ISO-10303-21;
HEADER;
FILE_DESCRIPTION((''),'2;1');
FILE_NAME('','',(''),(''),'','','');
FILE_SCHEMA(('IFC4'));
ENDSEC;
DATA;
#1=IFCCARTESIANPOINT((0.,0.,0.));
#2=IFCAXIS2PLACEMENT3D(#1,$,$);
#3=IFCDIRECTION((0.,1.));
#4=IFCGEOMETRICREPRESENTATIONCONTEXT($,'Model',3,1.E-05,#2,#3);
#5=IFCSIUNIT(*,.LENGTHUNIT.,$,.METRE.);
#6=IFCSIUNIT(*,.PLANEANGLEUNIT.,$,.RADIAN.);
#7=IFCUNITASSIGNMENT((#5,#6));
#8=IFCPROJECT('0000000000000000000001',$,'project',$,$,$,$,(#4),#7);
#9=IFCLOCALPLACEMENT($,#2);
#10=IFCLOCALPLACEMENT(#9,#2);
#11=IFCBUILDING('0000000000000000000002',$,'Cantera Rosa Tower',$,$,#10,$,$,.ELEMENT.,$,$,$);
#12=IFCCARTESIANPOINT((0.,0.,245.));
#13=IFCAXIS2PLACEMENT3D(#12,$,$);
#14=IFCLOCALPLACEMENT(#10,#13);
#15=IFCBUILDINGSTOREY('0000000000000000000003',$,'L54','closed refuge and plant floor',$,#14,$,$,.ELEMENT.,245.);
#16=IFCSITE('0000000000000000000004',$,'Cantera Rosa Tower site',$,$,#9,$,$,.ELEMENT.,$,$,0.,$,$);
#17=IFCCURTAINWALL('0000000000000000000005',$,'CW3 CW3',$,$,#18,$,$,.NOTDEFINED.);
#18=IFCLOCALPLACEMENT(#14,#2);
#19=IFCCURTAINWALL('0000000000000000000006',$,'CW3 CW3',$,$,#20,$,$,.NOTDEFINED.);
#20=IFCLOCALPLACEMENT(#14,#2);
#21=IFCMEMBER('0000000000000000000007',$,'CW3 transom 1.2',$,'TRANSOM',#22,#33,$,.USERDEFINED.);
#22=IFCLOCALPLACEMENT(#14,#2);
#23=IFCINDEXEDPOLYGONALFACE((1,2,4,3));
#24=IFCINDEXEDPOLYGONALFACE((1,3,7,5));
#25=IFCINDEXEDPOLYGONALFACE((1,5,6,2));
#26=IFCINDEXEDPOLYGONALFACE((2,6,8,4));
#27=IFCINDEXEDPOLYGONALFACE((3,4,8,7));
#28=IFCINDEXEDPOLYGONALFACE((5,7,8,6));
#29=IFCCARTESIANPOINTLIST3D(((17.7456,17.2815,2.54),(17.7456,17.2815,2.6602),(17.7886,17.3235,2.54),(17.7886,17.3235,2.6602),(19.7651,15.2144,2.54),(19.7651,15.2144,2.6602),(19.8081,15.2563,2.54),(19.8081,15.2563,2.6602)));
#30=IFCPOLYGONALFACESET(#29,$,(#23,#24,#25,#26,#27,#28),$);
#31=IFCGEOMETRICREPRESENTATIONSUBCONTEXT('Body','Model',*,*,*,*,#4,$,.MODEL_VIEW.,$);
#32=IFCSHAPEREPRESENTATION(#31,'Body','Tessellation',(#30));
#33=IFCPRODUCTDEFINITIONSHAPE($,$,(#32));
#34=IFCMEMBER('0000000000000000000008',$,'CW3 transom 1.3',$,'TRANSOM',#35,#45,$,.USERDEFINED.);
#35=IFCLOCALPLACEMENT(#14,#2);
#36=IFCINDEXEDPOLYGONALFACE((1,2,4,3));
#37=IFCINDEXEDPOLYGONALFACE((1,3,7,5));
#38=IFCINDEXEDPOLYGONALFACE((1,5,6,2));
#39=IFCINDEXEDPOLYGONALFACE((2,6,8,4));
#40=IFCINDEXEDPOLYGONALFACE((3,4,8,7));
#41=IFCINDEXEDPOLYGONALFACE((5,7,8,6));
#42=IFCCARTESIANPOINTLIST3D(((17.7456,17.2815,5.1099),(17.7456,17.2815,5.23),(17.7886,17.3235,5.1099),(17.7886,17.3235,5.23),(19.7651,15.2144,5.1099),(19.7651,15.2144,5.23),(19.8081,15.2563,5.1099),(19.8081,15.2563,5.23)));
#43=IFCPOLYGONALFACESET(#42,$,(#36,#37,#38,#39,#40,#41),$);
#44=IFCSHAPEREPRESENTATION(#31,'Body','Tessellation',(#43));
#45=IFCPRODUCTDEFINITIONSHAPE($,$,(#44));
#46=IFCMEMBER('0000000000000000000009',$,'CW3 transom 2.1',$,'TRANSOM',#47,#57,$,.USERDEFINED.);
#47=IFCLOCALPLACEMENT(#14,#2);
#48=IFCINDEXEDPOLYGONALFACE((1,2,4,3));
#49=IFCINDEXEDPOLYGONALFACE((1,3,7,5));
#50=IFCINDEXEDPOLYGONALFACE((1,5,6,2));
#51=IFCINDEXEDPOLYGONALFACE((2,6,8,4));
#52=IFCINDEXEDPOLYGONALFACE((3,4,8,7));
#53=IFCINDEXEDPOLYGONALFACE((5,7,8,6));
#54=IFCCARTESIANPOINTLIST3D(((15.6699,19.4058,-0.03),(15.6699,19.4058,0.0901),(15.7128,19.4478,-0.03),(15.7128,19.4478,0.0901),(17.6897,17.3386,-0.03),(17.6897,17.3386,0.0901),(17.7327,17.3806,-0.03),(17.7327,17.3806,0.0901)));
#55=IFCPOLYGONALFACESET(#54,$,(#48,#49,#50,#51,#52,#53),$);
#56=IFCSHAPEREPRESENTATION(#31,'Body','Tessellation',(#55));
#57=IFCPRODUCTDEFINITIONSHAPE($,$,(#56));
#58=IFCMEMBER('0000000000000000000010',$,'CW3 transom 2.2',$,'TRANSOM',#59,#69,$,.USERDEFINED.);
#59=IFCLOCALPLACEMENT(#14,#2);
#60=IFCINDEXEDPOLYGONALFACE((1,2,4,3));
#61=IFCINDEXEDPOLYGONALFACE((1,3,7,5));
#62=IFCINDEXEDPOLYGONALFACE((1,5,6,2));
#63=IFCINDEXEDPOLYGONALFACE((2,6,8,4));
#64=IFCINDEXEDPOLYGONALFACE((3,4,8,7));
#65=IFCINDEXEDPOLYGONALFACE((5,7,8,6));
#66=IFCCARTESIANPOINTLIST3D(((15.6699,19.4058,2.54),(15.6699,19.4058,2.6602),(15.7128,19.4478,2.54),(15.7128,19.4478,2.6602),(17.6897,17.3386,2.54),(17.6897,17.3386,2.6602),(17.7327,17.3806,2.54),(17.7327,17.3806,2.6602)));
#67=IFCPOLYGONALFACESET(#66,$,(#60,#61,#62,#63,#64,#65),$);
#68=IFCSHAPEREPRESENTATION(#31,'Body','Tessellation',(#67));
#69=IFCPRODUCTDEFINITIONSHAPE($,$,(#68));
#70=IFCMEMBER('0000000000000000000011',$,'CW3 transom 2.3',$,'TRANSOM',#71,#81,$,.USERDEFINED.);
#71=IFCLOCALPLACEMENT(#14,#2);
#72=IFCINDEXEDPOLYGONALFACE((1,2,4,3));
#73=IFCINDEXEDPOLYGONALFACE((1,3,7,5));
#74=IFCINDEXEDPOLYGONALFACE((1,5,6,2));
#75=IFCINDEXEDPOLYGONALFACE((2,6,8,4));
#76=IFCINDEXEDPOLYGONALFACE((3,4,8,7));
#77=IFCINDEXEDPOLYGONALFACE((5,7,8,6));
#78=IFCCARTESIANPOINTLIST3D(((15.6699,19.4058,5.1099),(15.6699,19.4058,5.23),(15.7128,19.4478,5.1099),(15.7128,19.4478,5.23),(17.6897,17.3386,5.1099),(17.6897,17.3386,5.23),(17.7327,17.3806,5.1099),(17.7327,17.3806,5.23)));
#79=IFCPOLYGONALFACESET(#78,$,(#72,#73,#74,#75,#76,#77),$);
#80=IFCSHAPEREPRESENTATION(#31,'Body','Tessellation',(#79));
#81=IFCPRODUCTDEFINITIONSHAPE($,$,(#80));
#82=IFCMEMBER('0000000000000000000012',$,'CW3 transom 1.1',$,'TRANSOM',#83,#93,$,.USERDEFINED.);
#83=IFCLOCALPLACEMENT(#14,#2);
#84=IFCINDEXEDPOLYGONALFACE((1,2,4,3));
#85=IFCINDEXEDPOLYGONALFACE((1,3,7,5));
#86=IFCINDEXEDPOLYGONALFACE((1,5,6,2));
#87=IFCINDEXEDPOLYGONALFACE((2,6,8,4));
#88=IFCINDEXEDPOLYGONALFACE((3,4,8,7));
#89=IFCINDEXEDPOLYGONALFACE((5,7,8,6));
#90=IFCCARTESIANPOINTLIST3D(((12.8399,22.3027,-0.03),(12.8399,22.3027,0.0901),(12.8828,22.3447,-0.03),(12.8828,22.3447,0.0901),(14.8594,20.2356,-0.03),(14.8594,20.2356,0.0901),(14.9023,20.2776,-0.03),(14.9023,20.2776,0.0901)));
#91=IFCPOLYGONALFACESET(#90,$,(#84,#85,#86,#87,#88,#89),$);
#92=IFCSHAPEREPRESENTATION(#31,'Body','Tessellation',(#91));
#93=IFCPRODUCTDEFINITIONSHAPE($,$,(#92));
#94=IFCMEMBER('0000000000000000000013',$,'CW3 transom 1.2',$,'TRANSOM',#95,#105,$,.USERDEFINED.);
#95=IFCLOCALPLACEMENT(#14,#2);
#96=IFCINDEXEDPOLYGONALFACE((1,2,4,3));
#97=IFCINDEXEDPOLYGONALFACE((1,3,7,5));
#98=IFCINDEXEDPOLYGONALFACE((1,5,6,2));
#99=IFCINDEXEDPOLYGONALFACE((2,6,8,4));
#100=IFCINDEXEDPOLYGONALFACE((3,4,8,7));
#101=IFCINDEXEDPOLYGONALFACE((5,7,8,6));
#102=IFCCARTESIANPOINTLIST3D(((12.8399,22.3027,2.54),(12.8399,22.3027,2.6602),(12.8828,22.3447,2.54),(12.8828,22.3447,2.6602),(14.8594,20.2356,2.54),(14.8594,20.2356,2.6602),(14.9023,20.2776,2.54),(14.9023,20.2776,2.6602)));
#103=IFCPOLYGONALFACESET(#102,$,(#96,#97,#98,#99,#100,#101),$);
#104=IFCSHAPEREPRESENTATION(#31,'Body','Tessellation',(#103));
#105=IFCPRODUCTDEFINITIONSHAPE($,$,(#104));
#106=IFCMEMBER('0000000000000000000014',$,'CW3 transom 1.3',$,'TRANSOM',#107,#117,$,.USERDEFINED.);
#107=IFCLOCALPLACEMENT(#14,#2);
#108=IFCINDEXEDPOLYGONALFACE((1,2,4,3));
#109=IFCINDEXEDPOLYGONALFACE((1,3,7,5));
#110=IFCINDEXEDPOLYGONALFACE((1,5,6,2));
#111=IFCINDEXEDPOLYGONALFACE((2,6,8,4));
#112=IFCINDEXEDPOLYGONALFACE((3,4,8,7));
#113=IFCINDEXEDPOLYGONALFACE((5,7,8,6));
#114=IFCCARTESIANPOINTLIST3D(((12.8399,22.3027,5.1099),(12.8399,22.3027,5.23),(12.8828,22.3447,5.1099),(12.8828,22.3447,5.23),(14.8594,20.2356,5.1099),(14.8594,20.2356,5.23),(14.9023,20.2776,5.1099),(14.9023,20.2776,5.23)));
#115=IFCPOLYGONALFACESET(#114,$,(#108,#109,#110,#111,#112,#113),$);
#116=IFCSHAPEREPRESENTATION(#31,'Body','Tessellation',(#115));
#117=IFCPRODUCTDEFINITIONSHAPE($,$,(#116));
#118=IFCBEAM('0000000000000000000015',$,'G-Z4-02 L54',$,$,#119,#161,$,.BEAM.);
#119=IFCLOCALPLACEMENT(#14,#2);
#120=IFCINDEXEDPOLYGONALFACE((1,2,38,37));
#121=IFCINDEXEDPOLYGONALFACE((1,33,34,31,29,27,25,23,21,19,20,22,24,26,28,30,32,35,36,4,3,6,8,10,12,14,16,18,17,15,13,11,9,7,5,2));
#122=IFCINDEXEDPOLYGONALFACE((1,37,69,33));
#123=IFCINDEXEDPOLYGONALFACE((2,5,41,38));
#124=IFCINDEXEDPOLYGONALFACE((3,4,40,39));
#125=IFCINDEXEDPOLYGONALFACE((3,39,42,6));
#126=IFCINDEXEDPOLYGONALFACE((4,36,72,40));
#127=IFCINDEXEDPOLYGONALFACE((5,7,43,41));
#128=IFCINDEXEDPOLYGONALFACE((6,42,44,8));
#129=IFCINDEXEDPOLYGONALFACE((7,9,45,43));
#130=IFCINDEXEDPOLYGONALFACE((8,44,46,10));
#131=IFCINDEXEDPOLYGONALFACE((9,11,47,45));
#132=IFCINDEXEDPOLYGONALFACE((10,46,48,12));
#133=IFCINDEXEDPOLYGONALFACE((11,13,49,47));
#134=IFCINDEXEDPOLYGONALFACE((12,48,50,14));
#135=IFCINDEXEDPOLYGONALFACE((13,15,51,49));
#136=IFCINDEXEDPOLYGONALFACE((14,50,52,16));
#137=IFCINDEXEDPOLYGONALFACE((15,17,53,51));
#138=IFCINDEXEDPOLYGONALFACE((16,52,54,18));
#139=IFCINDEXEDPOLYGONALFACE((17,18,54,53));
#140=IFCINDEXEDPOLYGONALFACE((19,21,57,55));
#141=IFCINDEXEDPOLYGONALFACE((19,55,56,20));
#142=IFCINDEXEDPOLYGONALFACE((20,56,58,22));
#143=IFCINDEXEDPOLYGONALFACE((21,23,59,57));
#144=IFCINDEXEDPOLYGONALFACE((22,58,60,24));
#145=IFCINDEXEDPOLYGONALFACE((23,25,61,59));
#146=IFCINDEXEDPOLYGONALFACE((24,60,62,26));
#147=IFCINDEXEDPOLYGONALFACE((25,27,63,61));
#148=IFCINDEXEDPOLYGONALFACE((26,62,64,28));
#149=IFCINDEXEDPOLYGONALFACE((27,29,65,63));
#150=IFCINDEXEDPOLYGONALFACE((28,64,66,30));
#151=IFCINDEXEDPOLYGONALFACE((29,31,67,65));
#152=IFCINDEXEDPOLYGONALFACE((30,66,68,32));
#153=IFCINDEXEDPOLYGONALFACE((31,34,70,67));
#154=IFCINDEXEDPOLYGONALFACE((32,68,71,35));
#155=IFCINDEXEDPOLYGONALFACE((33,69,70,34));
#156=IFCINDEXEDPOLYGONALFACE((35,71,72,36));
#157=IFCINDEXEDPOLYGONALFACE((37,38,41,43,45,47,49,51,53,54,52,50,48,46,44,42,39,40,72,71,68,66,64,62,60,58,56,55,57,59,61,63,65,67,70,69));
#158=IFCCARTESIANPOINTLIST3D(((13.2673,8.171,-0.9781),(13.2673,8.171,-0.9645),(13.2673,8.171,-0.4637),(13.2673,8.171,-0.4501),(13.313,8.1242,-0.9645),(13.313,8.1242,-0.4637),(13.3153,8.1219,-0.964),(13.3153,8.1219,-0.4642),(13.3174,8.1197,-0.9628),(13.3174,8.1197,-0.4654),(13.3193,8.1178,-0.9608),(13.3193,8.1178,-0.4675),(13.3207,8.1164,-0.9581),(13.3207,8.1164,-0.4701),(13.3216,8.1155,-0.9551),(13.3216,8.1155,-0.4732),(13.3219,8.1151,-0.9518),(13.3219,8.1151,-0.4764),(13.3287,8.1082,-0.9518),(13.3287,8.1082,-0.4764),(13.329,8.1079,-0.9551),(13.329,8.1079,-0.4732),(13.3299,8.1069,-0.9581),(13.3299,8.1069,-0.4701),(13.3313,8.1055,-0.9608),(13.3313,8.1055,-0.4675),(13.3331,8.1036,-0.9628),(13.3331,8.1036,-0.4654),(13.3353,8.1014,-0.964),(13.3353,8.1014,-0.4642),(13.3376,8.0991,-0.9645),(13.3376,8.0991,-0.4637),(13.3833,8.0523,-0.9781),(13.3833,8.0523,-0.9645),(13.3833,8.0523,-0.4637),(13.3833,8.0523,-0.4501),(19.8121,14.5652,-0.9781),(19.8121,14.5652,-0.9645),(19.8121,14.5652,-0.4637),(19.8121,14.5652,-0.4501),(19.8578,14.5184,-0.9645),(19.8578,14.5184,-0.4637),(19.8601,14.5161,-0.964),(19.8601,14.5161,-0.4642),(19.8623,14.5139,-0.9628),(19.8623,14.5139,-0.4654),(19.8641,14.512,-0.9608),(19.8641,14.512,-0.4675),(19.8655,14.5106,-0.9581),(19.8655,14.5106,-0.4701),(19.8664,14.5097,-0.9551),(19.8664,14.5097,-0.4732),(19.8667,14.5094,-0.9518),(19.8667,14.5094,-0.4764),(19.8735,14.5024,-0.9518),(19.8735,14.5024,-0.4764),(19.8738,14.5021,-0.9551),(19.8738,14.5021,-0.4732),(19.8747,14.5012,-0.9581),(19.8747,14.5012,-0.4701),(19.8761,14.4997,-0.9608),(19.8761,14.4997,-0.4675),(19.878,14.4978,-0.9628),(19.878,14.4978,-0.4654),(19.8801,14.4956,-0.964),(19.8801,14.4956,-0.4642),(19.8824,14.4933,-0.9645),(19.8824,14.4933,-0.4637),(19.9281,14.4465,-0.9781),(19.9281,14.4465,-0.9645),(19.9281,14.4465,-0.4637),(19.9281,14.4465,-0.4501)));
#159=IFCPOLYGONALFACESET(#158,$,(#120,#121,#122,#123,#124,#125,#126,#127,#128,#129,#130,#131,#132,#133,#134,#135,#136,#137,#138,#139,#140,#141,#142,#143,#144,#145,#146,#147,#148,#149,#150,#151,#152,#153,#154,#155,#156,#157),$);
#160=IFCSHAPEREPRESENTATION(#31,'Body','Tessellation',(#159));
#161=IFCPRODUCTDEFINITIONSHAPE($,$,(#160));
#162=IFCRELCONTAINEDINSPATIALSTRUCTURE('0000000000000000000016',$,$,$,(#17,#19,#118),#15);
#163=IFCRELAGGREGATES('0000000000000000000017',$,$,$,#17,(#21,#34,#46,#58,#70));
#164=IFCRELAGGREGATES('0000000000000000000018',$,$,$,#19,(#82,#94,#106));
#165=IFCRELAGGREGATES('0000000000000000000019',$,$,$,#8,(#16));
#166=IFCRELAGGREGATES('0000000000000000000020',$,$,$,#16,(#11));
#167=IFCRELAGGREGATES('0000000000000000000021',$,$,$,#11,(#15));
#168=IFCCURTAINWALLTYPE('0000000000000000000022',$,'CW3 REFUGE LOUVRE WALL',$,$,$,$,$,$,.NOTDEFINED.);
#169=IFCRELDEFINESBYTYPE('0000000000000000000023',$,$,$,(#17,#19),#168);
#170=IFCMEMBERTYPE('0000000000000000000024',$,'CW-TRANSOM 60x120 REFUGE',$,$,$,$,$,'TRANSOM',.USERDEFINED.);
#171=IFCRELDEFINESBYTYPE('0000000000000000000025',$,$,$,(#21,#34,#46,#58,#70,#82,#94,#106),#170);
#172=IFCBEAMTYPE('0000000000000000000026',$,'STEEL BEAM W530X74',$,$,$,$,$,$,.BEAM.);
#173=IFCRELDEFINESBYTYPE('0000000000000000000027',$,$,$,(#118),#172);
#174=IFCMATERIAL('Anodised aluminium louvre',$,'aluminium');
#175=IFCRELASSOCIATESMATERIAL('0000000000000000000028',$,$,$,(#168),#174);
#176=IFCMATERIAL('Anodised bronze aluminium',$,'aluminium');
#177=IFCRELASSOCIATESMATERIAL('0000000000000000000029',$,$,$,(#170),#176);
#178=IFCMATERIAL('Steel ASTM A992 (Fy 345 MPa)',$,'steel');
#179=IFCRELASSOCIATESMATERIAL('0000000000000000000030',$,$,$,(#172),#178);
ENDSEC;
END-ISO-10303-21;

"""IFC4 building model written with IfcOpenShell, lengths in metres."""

from ifc_helpers import new_model, si_unit, direction, frame, origin, origin_2d, place, context, subcontext, project, spatial, rectangle, i_section, extrude, material, material_profile, profile_set, type_object, element, aggregate, save


model = new_model("IFC4")

# Units and contexts
model_context = context("Model", 3, precision=1e-05, world=origin(), true_north=direction((0.0, 1.0)))
body_context = subcontext(model_context, "Body", "Model", "MODEL_VIEW")
ifc_project = project(units=[si_unit("LENGTHUNIT", "METRE"), si_unit("PLANEANGLEUNIT", "RADIAN")], contexts=[model_context])

# Site, building, storey
site_placement = place(None, origin())
site = spatial("IfcSite", under=ifc_project, at=site_placement, Name="Cantera Rosa Tower site", CompositionType="ELEMENT", RefElevation=0.0)
building_placement = place(site_placement, origin())
building = spatial("IfcBuilding", under=site, at=building_placement, Name="Cantera Rosa Tower", CompositionType="ELEMENT")
storey_placement = place(building_placement, frame((0.0, 0.0, 245.0)))
storey = spatial("IfcBuildingStorey", under=building, at=storey_placement, Name="L54", Description="closed refuge and plant floor", CompositionType="ELEMENT", Elevation=245.0)

# Curtain wall
ifc_material_1 = material(Name="Anodised aluminium louvre", Category="aluminium")
curtain_wall_type = type_object("IfcCurtainWallType", Name="CW3 REFUGE LOUVRE WALL", PredefinedType="NOTDEFINED", material=ifc_material_1)
curtain_wall_1_placement = place(storey_placement, origin())
curtain_wall_1 = element("IfcCurtainWall", 1, at=curtain_wall_1_placement, inside=storey, type_object=curtain_wall_type, Name="CW3 CW3", PredefinedType="NOTDEFINED")

# Curtain wall
curtain_wall_2_placement = place(storey_placement, origin())
curtain_wall_2 = element("IfcCurtainWall", 2, at=curtain_wall_2_placement, inside=storey, type_object=curtain_wall_type, Name="CW3 CW3", PredefinedType="NOTDEFINED")

# Members
ifc_material_2 = material(Name="Anodised bronze aluminium", Category="aluminium")
ifc_material_profile_1 = material_profile(ifc_material_2, rectangle(XDim=0.0601, YDim=0.1201, at=origin_2d()), Name="CW-TRANSOM 60x120 REFUGE")
ifc_profile_set_1 = profile_set([ifc_material_profile_1], Name="Anodised bronze aluminium")
member_type_1 = type_object("IfcMemberType", Name="CW-TRANSOM 60x120 REFUGE", ElementType="TRANSOM", PredefinedType="USERDEFINED", material=ifc_profile_set_1)
member_1_placement = place(storey_placement, frame((19.7866, 15.2354, 2.6001), z_axis=(-0.698822, 0.715296, 0.0), x_axis=(-0.715296, -0.698822, 0.0)))
member_1 = element("IfcMember", 3, at=member_1_placement, type_object=member_type_1, Name="CW3 transom 1.2", ObjectType="TRANSOM", PredefinedType="USERDEFINED", context=body_context, shape_type="SweptSolid", body=[
    extrude(rectangle(XDim=0.0601, YDim=0.1201, at=origin_2d()), origin(), (0.0, 0.0, 1.0), 2.8899),
])
member_2_placement = place(storey_placement, frame((19.7866, 15.2354, 5.1699), z_axis=(-0.698822, 0.715296, 0.0), x_axis=(-0.715296, -0.698822, 0.0)))
member_2 = element("IfcMember", 4, at=member_2_placement, type_object=member_type_1, Name="CW3 transom 1.3", ObjectType="TRANSOM", PredefinedType="USERDEFINED", context=body_context, shape_type="SweptSolid", body=[
    extrude(rectangle(XDim=0.0601, YDim=0.1201, at=origin_2d()), origin(), (0.0, 0.0, 1.0), 2.8899),
])
member_3_placement = place(storey_placement, frame((17.7112, 17.3596, 0.03), z_axis=(-0.698865, 0.715253, 0.0), x_axis=(-0.715253, -0.698865, 0.0)))
member_3 = element("IfcMember", 5, at=member_3_placement, type_object=member_type_1, Name="CW3 transom 2.1", ObjectType="TRANSOM", PredefinedType="USERDEFINED", context=body_context, shape_type="SweptSolid", body=[
    extrude(rectangle(XDim=0.0601, YDim=0.1201, at=origin_2d()), origin(), (0.0, 0.0, 1.0), 2.8901),
])
member_4_placement = place(storey_placement, frame((17.7112, 17.3596, 2.6001), z_axis=(-0.698865, 0.715253, 0.0), x_axis=(-0.715253, -0.698865, 0.0)))
member_4 = element("IfcMember", 6, at=member_4_placement, type_object=member_type_1, Name="CW3 transom 2.2", ObjectType="TRANSOM", PredefinedType="USERDEFINED", context=body_context, shape_type="SweptSolid", body=[
    extrude(rectangle(XDim=0.0601, YDim=0.1201, at=origin_2d()), origin(), (0.0, 0.0, 1.0), 2.8901),
])
member_5_placement = place(storey_placement, frame((17.7112, 17.3596, 5.1699), z_axis=(-0.698865, 0.715253, 0.0), x_axis=(-0.715253, -0.698865, 0.0)))
member_5 = element("IfcMember", 7, at=member_5_placement, type_object=member_type_1, Name="CW3 transom 2.3", ObjectType="TRANSOM", PredefinedType="USERDEFINED", context=body_context, shape_type="SweptSolid", body=[
    extrude(rectangle(XDim=0.0601, YDim=0.1201, at=origin_2d()), origin(), (0.0, 0.0, 1.0), 2.8901),
])
member_6_placement = place(storey_placement, frame((14.8809, 20.2566, 0.03), z_axis=(-0.698822, 0.715296, 0.0), x_axis=(-0.715296, -0.698822, 0.0)))
member_6 = element("IfcMember", 8, at=member_6_placement, type_object=member_type_1, Name="CW3 transom 1.1", ObjectType="TRANSOM", PredefinedType="USERDEFINED", context=body_context, shape_type="SweptSolid", body=[
    extrude(rectangle(XDim=0.0601, YDim=0.1201, at=origin_2d()), origin(), (0.0, 0.0, 1.0), 2.8899),
])
member_7_placement = place(storey_placement, frame((14.8809, 20.2566, 2.6001), z_axis=(-0.698822, 0.715296, 0.0), x_axis=(-0.715296, -0.698822, 0.0)))
member_7 = element("IfcMember", 9, at=member_7_placement, type_object=member_type_1, Name="CW3 transom 1.2", ObjectType="TRANSOM", PredefinedType="USERDEFINED", context=body_context, shape_type="SweptSolid", body=[
    extrude(rectangle(XDim=0.0601, YDim=0.1201, at=origin_2d()), origin(), (0.0, 0.0, 1.0), 2.8899),
])
member_8_placement = place(storey_placement, frame((14.8809, 20.2566, 5.1699), z_axis=(-0.698822, 0.715296, 0.0), x_axis=(-0.715296, -0.698822, 0.0)))
member_8 = element("IfcMember", 10, at=member_8_placement, type_object=member_type_1, Name="CW3 transom 1.3", ObjectType="TRANSOM", PredefinedType="USERDEFINED", context=body_context, shape_type="SweptSolid", body=[
    extrude(rectangle(XDim=0.0601, YDim=0.1201, at=origin_2d()), origin(), (0.0, 0.0, 1.0), 2.8899),
])

# Beam
ifc_material_3 = material(Name="Steel ASTM A992 (Fy 345 MPa)", Category="steel")
ifc_material_profile_2 = material_profile(ifc_material_3, i_section(OverallWidth=0.166, OverallDepth=0.5281, WebThickness=0.0098, FlangeThickness=0.0137, FilletRadius=0.0127, at=origin_2d()), Name="W530X74")
ifc_profile_set_2 = profile_set([ifc_material_profile_2], Name="Steel ASTM A992 (Fy 345 MPa)")
beam_type_1 = type_object("IfcBeamType", Name="STEEL BEAM W530X74", PredefinedType="BEAM", material=ifc_profile_set_2)
for number, where, z_axis, x_axis, name in (
    (11, (19.8701, 14.5059, -0.7141), (-0.71529, -0.698827, 0.0), (0.698827, -0.71529, 0.0), "G-Z4-02 L54"),
):
    element("IfcBeam", number, at=place(storey_placement, frame(where, z_axis=z_axis, x_axis=x_axis)), inside=storey, type_object=beam_type_1, Name=name, PredefinedType="BEAM", context=body_context, shape_type="SweptSolid", body=[
        extrude(i_section(OverallWidth=0.166, OverallDepth=0.5281, WebThickness=0.0098, FlangeThickness=0.0137, FilletRadius=0.0127, at=origin_2d()), origin(), (0.0, 0.0, 1.0), 9.1499),
    ])

aggregate(curtain_wall_1, [member_1, member_2, member_3, member_4, member_5])
aggregate(curtain_wall_2, [member_6, member_7, member_8])

save(model, "model.ifc")
